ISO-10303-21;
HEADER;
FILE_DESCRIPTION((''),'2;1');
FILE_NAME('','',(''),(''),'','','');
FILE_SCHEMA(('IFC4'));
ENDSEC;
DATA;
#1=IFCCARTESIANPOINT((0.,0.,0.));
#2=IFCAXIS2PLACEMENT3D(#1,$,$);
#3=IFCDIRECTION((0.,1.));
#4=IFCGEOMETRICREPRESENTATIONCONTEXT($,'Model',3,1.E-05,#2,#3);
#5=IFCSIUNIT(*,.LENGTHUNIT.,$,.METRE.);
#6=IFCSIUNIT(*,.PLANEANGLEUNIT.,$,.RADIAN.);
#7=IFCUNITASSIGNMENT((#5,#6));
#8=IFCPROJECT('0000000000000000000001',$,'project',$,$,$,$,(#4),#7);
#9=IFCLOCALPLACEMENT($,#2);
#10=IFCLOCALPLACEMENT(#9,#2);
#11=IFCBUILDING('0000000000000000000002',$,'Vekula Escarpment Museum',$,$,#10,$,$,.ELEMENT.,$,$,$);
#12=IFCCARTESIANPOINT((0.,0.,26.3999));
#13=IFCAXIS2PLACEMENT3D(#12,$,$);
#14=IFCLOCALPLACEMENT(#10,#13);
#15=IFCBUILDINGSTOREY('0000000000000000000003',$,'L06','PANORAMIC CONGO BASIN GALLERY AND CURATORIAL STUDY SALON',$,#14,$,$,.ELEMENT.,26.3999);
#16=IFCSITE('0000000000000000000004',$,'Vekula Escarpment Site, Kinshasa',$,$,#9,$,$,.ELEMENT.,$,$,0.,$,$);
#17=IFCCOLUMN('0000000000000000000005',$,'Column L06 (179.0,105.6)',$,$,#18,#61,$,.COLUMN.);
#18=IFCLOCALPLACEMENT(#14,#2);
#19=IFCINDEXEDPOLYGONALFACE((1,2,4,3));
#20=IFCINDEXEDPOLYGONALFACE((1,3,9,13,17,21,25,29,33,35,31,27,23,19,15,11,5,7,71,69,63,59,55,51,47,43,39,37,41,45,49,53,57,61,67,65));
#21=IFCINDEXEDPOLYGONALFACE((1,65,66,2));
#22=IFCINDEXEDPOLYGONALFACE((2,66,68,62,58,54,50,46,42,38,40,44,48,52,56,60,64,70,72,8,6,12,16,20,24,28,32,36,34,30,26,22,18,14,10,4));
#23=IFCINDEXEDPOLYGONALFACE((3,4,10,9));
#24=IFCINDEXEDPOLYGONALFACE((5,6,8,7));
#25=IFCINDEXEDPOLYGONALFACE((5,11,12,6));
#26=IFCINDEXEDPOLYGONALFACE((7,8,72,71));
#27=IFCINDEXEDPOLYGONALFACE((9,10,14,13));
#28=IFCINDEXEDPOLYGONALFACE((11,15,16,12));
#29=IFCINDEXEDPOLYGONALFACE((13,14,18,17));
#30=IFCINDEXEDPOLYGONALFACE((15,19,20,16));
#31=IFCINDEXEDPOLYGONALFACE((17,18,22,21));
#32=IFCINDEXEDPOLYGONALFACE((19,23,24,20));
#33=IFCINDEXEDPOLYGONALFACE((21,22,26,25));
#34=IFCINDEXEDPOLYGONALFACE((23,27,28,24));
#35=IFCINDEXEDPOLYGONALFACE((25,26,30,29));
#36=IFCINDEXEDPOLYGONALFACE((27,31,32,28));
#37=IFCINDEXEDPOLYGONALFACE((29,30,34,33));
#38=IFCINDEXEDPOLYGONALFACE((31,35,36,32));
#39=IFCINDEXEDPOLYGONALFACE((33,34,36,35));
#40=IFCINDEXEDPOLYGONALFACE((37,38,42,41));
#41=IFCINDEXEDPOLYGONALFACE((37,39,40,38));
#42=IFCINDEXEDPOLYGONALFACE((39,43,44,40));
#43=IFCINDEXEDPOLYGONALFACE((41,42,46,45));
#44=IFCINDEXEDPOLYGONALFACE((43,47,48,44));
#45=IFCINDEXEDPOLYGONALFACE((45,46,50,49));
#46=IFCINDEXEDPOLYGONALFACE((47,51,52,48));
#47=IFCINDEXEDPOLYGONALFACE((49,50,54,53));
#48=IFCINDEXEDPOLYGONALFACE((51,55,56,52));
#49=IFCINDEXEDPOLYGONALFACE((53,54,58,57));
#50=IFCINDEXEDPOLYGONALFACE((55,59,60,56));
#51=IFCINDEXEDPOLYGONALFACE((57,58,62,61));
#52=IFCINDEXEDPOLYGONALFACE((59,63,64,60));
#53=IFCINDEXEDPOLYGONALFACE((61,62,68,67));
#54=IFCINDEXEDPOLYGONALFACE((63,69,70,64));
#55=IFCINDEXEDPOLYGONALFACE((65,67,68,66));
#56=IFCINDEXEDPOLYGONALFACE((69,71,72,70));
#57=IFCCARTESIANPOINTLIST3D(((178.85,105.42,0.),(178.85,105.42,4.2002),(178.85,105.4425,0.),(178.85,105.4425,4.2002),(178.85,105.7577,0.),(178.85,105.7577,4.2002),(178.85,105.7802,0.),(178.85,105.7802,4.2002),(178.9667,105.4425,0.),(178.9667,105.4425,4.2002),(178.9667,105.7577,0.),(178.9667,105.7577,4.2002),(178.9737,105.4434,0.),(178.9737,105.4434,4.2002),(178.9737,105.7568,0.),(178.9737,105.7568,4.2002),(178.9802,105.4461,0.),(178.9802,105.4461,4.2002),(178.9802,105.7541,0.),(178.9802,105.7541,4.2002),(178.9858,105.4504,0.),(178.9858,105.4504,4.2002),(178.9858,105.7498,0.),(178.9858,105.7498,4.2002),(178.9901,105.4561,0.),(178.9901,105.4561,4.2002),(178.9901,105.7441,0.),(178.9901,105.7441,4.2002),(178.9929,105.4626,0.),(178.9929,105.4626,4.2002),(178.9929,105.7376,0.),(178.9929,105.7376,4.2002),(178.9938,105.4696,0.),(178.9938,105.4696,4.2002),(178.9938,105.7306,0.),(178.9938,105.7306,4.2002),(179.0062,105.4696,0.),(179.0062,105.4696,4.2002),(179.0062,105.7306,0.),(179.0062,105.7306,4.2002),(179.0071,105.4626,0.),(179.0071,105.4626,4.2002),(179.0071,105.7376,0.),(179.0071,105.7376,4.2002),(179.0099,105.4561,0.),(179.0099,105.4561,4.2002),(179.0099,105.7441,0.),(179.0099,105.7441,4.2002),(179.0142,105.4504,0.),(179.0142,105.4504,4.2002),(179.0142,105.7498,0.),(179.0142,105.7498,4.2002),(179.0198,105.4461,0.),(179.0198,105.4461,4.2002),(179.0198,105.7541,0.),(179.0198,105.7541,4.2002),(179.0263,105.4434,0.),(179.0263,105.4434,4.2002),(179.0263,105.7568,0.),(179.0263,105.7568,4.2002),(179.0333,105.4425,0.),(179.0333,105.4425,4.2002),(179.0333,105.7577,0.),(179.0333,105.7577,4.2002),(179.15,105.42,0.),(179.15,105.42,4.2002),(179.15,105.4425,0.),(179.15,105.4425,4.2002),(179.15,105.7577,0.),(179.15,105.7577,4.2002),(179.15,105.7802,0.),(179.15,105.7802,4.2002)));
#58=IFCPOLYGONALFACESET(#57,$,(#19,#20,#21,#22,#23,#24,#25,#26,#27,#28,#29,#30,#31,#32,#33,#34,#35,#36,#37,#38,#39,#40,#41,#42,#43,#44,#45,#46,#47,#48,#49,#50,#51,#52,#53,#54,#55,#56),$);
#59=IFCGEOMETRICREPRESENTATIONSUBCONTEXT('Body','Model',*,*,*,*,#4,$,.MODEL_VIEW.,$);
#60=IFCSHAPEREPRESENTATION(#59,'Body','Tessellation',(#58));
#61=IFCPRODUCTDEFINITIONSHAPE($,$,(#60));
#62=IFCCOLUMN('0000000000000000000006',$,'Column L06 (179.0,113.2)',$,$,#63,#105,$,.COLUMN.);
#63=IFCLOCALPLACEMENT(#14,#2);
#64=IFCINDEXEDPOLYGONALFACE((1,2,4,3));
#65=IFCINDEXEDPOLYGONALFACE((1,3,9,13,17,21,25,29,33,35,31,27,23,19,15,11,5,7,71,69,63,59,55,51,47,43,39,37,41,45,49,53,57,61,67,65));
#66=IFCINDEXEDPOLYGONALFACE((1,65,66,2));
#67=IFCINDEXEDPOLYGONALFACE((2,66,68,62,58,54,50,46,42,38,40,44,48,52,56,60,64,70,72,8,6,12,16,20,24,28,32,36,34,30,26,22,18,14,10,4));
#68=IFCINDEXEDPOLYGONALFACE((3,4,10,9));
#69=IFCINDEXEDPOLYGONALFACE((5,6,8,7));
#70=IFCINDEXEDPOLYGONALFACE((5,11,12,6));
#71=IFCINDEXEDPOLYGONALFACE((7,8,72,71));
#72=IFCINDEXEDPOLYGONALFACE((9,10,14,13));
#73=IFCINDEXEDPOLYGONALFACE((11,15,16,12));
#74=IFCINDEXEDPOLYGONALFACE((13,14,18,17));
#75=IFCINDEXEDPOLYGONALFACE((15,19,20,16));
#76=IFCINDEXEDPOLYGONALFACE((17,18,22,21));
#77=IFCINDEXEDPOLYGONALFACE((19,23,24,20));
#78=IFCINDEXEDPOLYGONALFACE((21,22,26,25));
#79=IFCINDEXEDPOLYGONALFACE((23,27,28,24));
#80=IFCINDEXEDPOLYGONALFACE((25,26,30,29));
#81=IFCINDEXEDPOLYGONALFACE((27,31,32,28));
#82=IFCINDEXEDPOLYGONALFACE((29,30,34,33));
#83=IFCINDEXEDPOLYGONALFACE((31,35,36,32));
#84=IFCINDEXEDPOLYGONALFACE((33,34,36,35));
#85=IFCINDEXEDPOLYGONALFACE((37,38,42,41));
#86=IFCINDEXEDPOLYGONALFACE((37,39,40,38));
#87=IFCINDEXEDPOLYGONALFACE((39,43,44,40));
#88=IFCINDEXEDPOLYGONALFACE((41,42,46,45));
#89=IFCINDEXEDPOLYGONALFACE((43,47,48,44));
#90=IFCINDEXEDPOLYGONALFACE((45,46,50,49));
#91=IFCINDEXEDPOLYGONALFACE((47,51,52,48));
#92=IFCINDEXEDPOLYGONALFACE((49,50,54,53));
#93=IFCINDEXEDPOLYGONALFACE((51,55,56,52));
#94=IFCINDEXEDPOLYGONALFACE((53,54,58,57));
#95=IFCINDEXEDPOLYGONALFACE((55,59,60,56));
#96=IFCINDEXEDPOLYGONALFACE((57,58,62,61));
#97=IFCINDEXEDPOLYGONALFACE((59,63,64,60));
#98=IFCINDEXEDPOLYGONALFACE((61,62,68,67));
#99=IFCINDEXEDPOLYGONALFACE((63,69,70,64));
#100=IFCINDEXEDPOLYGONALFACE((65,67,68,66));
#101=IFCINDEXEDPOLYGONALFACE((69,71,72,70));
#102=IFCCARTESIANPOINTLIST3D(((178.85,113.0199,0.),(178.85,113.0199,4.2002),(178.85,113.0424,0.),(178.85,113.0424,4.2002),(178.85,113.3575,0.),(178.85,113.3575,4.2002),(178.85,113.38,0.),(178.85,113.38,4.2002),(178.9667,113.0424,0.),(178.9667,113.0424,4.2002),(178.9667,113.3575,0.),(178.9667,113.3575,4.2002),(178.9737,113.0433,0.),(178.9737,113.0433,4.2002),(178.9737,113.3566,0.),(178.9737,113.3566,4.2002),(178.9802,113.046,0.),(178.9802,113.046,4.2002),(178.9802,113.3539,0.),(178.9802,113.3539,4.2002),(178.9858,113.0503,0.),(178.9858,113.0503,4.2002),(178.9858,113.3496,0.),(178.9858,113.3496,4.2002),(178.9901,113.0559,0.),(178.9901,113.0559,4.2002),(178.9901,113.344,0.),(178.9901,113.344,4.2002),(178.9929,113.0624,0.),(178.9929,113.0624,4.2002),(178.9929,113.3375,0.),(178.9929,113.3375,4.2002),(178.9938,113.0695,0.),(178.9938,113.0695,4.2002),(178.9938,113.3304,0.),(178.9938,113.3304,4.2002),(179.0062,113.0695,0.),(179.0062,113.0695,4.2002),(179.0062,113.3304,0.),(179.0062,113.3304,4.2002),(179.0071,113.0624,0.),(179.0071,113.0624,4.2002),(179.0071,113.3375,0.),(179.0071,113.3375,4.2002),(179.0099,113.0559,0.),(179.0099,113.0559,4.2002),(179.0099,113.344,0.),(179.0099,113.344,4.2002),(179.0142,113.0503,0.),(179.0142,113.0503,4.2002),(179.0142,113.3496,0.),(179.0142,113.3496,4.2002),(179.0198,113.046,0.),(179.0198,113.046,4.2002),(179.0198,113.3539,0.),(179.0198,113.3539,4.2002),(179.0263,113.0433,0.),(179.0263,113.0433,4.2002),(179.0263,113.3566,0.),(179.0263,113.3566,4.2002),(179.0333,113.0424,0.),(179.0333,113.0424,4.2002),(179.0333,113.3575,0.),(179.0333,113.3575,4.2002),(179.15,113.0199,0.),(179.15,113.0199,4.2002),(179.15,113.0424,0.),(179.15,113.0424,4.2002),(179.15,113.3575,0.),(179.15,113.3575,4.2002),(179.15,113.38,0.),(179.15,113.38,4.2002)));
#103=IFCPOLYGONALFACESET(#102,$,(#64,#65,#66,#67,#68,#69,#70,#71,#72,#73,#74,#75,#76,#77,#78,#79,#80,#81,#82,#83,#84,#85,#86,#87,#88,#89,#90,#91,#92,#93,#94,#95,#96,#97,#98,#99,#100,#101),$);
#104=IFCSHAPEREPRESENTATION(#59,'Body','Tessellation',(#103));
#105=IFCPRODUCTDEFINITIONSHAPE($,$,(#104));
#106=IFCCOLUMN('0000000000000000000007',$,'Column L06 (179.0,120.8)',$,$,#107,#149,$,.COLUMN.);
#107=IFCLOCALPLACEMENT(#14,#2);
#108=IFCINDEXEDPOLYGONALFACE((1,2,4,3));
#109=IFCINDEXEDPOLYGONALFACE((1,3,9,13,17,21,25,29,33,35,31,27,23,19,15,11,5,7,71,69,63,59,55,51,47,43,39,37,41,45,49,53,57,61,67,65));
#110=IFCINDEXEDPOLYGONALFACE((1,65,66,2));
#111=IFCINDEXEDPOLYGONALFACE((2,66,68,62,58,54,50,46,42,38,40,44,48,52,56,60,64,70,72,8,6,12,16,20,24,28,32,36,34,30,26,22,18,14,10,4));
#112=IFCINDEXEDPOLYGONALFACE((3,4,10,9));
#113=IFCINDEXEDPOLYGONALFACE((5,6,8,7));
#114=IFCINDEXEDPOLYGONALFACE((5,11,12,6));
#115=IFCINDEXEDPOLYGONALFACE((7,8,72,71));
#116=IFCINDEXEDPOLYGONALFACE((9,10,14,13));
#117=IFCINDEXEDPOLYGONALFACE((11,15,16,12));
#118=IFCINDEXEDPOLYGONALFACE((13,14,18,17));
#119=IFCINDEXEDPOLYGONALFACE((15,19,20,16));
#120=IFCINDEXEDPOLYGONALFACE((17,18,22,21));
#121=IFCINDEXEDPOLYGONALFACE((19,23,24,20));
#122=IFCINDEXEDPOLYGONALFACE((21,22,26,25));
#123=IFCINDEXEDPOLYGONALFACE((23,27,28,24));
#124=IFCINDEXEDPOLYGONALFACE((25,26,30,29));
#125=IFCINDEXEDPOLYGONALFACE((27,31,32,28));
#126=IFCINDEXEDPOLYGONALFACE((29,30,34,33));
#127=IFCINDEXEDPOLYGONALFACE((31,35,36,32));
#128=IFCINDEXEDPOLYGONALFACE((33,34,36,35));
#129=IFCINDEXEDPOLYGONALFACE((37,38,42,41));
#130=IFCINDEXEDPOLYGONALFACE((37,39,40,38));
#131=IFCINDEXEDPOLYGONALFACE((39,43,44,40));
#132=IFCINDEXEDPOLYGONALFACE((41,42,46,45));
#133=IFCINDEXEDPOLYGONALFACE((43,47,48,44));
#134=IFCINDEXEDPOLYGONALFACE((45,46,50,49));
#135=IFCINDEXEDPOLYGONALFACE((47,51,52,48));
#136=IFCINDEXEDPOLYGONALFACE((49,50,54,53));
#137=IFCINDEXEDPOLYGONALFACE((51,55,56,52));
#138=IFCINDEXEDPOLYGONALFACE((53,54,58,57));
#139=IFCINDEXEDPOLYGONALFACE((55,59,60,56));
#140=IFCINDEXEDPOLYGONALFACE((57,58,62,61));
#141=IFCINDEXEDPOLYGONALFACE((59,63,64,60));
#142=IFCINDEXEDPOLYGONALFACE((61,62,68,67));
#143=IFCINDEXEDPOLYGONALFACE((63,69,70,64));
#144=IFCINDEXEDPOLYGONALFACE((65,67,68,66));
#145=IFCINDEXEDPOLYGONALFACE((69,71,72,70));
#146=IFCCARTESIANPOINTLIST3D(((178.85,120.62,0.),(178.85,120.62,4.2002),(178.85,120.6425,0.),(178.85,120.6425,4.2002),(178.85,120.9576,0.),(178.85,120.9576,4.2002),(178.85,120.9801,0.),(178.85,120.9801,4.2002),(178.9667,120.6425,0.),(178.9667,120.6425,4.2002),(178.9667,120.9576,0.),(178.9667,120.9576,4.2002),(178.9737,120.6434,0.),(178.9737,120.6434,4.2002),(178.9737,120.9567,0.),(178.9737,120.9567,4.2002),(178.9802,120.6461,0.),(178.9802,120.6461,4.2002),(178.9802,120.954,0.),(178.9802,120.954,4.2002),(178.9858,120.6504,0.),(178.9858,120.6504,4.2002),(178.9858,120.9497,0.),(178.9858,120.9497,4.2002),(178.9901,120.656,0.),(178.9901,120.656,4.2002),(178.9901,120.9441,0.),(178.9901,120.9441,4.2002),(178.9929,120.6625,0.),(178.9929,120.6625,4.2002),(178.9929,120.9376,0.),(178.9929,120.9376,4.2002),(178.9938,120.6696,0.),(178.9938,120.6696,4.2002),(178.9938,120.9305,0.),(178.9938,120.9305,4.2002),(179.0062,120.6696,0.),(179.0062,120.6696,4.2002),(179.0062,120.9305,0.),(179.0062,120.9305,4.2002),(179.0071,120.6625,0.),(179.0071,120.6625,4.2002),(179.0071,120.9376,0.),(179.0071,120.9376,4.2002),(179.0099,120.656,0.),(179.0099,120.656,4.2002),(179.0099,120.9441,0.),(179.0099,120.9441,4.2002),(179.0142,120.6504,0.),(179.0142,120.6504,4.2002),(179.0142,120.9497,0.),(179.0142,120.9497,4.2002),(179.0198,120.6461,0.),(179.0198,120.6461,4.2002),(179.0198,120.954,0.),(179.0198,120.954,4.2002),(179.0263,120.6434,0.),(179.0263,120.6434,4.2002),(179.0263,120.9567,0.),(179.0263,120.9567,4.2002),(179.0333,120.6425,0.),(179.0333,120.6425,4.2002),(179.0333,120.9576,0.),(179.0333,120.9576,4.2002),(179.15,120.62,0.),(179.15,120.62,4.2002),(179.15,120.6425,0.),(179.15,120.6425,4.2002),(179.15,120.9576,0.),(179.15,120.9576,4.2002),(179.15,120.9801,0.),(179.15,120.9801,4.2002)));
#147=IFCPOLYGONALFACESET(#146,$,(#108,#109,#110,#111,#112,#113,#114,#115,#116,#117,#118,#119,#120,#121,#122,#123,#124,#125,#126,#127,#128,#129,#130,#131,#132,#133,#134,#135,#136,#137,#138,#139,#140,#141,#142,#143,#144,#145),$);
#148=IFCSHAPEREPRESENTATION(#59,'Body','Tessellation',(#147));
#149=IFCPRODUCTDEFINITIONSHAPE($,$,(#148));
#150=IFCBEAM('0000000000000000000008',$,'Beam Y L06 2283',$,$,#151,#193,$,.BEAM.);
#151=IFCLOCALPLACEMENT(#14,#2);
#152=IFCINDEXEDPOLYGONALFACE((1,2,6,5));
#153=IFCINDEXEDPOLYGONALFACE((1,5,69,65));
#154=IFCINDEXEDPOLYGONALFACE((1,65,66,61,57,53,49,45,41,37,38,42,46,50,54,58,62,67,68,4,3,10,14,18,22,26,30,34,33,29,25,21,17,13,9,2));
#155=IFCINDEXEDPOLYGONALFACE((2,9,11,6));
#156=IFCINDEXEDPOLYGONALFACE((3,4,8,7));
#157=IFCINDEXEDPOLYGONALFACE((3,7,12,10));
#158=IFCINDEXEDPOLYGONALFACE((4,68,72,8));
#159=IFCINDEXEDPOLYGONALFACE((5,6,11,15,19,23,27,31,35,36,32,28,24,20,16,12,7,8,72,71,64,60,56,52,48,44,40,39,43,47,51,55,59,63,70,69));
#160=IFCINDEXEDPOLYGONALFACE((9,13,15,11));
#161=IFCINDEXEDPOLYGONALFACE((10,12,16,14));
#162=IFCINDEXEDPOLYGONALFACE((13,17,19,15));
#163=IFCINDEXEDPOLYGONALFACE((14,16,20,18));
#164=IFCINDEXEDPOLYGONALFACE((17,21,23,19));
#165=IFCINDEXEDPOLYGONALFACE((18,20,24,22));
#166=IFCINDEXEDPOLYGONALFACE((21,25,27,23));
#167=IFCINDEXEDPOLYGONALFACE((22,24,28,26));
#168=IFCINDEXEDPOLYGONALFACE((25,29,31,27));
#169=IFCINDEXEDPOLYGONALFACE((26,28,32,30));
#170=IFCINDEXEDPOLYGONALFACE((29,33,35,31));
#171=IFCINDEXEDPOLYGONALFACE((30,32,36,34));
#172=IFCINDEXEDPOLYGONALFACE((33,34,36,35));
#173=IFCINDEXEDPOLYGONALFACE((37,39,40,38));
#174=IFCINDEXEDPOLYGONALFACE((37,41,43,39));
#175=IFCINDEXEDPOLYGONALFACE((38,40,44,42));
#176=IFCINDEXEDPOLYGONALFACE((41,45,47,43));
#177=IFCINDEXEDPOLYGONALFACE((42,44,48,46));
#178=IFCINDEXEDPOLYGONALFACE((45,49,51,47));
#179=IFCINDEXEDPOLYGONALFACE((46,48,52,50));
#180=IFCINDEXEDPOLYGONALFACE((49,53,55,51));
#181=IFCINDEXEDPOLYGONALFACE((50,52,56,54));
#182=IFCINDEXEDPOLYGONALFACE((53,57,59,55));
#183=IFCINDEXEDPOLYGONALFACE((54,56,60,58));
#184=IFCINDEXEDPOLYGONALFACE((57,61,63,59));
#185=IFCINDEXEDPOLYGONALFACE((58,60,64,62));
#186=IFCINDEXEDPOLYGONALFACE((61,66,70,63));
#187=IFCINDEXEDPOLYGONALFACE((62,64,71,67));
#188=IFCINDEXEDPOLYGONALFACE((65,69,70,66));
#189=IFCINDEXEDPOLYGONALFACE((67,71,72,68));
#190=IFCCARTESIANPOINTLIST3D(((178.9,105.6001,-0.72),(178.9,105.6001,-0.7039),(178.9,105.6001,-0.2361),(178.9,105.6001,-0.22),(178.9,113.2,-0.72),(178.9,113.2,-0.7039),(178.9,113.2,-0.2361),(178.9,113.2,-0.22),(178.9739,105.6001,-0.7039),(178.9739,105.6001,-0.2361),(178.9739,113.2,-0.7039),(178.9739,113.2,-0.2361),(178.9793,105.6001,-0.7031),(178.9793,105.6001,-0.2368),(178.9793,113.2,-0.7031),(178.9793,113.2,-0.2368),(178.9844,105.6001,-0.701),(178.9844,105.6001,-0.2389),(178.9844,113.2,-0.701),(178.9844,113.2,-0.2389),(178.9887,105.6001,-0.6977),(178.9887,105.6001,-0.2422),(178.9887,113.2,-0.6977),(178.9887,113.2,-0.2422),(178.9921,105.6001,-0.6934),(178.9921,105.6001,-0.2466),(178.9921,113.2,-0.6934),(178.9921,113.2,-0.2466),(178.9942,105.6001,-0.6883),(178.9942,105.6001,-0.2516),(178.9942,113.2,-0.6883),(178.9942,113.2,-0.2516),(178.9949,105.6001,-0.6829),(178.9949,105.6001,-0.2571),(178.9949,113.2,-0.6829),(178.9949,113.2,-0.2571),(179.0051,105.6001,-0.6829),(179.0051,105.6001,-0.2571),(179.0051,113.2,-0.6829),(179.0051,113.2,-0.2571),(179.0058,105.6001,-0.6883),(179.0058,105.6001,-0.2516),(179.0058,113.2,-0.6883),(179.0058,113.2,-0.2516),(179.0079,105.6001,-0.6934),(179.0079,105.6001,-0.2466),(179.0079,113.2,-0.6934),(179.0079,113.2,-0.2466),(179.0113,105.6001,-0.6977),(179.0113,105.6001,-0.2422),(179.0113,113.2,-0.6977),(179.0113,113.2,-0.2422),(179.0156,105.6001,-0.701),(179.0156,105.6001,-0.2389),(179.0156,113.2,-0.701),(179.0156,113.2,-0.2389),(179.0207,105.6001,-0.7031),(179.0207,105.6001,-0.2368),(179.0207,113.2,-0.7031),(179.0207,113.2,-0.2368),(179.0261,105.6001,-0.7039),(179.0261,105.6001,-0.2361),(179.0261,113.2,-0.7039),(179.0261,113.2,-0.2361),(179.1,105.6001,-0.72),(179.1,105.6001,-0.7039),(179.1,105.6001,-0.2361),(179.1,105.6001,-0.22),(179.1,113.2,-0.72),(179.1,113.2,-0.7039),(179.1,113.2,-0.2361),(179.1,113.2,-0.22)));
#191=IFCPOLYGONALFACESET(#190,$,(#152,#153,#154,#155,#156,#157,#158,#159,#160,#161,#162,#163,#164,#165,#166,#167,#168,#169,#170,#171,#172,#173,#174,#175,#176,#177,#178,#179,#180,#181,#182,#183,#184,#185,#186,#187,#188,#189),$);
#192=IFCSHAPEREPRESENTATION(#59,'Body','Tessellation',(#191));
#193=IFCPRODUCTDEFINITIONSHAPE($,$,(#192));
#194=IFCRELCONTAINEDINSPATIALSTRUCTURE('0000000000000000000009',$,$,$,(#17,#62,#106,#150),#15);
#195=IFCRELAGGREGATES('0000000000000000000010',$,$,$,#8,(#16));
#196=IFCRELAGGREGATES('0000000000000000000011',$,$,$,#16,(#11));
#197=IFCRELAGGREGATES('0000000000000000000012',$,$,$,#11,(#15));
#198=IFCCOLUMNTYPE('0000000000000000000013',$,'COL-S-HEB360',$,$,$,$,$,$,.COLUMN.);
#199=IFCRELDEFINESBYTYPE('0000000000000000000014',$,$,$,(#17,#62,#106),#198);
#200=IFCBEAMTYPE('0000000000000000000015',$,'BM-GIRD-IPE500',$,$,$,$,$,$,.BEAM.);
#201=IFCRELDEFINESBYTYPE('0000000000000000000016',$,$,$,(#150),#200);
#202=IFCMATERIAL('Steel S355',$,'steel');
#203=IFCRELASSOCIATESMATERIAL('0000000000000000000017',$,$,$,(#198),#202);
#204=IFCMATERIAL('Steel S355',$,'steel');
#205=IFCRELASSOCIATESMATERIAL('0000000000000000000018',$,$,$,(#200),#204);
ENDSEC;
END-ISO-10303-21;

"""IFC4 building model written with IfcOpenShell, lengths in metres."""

from ifc_helpers import new_model, si_unit, direction, frame, origin, origin_2d, place, context, subcontext, project, spatial, i_section, extrude, material, material_profile, profile_set, type_object, element, save


model = new_model("IFC4")

# Units and contexts
model_context = context("Model", 3, precision=1e-05, world=origin(), true_north=direction((0.0, 1.0)))
body_context = subcontext(model_context, "Body", "Model", "MODEL_VIEW")
ifc_project = project(units=[si_unit("LENGTHUNIT", "METRE"), si_unit("PLANEANGLEUNIT", "RADIAN")], contexts=[model_context])

# Site, building, storey
site_placement = place(None, origin())
site = spatial("IfcSite", under=ifc_project, at=site_placement, Name="Vekula Escarpment Site, Kinshasa", CompositionType="ELEMENT", RefElevation=0.0)
building_placement = place(site_placement, origin())
building = spatial("IfcBuilding", under=site, at=building_placement, Name="Vekula Escarpment Museum", CompositionType="ELEMENT")
storey_placement = place(building_placement, frame((0.0, 0.0, 26.3999)))
storey = spatial("IfcBuildingStorey", under=building, at=storey_placement, Name="L06", Description="PANORAMIC CONGO BASIN GALLERY AND CURATORIAL STUDY SALON", CompositionType="ELEMENT", Elevation=26.3999)

# Columns
ifc_material_1 = material(Name="Steel S355", Category="steel")
ifc_material_profile_1 = material_profile(ifc_material_1, i_section(OverallWidth=0.3, OverallDepth=0.3601, WebThickness=0.0125, FlangeThickness=0.0225, FilletRadius=0.0271, at=origin_2d()), Name="HEB 360")
ifc_profile_set_1 = profile_set([ifc_material_profile_1], Name="Steel S355")
column_type = type_object("IfcColumnType", Name="COL-S-HEB360", PredefinedType="COLUMN", material=ifc_profile_set_1)
for number, where, z_axis, x_axis, name in (
    (1, (179.0, 105.6001, 0.0), (0.0, 0.0, 1.0), (1.0, 0.0, 0.0), "Column L06 (179.0,105.6)"),
    (2, (179.0, 113.2, 0.0), (0.0, 0.0, 1.0), (1.0, 0.0, 0.0), "Column L06 (179.0,113.2)"),
    (3, (179.0, 120.8, 0.0), (0.0, 0.0, 1.0), (1.0, 0.0, 0.0), "Column L06 (179.0,120.8)"),
):
    element("IfcColumn", number, at=place(storey_placement, frame(where, z_axis=z_axis, x_axis=x_axis)), inside=storey, type_object=column_type, Name=name, PredefinedType="COLUMN", context=body_context, shape_type="SweptSolid", body=[
        extrude(i_section(OverallWidth=0.3, OverallDepth=0.3601, WebThickness=0.0125, FlangeThickness=0.0225, FilletRadius=0.0271, at=origin_2d()), origin(), (0.0, 0.0, 1.0), 4.2002),
    ])

# Beam
ifc_material_2 = material(Name="Steel S355", Category="steel")
ifc_material_profile_2 = material_profile(ifc_material_2, i_section(OverallWidth=0.2, OverallDepth=0.5, WebThickness=0.0103, FlangeThickness=0.0161, FilletRadius=0.021, at=origin_2d()), Name="IPE 500")
ifc_profile_set_2 = profile_set([ifc_material_profile_2], Name="Steel S355")
beam_type_1 = type_object("IfcBeamType", Name="BM-GIRD-IPE500", PredefinedType="BEAM", material=ifc_profile_set_2)
beam_1_placement = place(storey_placement, frame((179.0, 105.6001, -0.47), z_axis=(0.0, 1.0, 0.0), x_axis=(-1.0, 0.0, 0.0)))
element("IfcBeam", 4, at=beam_1_placement, inside=storey, type_object=beam_type_1, Name="Beam Y L06 2283", PredefinedType="BEAM", context=body_context, shape_type="SweptSolid", body=[
    extrude(i_section(OverallWidth=0.2, OverallDepth=0.5, WebThickness=0.0103, FlangeThickness=0.0161, FilletRadius=0.021, at=origin_2d()), origin(), (0.0, 0.0, 1.0), 7.5999),
])

save(model, "model.ifc")
